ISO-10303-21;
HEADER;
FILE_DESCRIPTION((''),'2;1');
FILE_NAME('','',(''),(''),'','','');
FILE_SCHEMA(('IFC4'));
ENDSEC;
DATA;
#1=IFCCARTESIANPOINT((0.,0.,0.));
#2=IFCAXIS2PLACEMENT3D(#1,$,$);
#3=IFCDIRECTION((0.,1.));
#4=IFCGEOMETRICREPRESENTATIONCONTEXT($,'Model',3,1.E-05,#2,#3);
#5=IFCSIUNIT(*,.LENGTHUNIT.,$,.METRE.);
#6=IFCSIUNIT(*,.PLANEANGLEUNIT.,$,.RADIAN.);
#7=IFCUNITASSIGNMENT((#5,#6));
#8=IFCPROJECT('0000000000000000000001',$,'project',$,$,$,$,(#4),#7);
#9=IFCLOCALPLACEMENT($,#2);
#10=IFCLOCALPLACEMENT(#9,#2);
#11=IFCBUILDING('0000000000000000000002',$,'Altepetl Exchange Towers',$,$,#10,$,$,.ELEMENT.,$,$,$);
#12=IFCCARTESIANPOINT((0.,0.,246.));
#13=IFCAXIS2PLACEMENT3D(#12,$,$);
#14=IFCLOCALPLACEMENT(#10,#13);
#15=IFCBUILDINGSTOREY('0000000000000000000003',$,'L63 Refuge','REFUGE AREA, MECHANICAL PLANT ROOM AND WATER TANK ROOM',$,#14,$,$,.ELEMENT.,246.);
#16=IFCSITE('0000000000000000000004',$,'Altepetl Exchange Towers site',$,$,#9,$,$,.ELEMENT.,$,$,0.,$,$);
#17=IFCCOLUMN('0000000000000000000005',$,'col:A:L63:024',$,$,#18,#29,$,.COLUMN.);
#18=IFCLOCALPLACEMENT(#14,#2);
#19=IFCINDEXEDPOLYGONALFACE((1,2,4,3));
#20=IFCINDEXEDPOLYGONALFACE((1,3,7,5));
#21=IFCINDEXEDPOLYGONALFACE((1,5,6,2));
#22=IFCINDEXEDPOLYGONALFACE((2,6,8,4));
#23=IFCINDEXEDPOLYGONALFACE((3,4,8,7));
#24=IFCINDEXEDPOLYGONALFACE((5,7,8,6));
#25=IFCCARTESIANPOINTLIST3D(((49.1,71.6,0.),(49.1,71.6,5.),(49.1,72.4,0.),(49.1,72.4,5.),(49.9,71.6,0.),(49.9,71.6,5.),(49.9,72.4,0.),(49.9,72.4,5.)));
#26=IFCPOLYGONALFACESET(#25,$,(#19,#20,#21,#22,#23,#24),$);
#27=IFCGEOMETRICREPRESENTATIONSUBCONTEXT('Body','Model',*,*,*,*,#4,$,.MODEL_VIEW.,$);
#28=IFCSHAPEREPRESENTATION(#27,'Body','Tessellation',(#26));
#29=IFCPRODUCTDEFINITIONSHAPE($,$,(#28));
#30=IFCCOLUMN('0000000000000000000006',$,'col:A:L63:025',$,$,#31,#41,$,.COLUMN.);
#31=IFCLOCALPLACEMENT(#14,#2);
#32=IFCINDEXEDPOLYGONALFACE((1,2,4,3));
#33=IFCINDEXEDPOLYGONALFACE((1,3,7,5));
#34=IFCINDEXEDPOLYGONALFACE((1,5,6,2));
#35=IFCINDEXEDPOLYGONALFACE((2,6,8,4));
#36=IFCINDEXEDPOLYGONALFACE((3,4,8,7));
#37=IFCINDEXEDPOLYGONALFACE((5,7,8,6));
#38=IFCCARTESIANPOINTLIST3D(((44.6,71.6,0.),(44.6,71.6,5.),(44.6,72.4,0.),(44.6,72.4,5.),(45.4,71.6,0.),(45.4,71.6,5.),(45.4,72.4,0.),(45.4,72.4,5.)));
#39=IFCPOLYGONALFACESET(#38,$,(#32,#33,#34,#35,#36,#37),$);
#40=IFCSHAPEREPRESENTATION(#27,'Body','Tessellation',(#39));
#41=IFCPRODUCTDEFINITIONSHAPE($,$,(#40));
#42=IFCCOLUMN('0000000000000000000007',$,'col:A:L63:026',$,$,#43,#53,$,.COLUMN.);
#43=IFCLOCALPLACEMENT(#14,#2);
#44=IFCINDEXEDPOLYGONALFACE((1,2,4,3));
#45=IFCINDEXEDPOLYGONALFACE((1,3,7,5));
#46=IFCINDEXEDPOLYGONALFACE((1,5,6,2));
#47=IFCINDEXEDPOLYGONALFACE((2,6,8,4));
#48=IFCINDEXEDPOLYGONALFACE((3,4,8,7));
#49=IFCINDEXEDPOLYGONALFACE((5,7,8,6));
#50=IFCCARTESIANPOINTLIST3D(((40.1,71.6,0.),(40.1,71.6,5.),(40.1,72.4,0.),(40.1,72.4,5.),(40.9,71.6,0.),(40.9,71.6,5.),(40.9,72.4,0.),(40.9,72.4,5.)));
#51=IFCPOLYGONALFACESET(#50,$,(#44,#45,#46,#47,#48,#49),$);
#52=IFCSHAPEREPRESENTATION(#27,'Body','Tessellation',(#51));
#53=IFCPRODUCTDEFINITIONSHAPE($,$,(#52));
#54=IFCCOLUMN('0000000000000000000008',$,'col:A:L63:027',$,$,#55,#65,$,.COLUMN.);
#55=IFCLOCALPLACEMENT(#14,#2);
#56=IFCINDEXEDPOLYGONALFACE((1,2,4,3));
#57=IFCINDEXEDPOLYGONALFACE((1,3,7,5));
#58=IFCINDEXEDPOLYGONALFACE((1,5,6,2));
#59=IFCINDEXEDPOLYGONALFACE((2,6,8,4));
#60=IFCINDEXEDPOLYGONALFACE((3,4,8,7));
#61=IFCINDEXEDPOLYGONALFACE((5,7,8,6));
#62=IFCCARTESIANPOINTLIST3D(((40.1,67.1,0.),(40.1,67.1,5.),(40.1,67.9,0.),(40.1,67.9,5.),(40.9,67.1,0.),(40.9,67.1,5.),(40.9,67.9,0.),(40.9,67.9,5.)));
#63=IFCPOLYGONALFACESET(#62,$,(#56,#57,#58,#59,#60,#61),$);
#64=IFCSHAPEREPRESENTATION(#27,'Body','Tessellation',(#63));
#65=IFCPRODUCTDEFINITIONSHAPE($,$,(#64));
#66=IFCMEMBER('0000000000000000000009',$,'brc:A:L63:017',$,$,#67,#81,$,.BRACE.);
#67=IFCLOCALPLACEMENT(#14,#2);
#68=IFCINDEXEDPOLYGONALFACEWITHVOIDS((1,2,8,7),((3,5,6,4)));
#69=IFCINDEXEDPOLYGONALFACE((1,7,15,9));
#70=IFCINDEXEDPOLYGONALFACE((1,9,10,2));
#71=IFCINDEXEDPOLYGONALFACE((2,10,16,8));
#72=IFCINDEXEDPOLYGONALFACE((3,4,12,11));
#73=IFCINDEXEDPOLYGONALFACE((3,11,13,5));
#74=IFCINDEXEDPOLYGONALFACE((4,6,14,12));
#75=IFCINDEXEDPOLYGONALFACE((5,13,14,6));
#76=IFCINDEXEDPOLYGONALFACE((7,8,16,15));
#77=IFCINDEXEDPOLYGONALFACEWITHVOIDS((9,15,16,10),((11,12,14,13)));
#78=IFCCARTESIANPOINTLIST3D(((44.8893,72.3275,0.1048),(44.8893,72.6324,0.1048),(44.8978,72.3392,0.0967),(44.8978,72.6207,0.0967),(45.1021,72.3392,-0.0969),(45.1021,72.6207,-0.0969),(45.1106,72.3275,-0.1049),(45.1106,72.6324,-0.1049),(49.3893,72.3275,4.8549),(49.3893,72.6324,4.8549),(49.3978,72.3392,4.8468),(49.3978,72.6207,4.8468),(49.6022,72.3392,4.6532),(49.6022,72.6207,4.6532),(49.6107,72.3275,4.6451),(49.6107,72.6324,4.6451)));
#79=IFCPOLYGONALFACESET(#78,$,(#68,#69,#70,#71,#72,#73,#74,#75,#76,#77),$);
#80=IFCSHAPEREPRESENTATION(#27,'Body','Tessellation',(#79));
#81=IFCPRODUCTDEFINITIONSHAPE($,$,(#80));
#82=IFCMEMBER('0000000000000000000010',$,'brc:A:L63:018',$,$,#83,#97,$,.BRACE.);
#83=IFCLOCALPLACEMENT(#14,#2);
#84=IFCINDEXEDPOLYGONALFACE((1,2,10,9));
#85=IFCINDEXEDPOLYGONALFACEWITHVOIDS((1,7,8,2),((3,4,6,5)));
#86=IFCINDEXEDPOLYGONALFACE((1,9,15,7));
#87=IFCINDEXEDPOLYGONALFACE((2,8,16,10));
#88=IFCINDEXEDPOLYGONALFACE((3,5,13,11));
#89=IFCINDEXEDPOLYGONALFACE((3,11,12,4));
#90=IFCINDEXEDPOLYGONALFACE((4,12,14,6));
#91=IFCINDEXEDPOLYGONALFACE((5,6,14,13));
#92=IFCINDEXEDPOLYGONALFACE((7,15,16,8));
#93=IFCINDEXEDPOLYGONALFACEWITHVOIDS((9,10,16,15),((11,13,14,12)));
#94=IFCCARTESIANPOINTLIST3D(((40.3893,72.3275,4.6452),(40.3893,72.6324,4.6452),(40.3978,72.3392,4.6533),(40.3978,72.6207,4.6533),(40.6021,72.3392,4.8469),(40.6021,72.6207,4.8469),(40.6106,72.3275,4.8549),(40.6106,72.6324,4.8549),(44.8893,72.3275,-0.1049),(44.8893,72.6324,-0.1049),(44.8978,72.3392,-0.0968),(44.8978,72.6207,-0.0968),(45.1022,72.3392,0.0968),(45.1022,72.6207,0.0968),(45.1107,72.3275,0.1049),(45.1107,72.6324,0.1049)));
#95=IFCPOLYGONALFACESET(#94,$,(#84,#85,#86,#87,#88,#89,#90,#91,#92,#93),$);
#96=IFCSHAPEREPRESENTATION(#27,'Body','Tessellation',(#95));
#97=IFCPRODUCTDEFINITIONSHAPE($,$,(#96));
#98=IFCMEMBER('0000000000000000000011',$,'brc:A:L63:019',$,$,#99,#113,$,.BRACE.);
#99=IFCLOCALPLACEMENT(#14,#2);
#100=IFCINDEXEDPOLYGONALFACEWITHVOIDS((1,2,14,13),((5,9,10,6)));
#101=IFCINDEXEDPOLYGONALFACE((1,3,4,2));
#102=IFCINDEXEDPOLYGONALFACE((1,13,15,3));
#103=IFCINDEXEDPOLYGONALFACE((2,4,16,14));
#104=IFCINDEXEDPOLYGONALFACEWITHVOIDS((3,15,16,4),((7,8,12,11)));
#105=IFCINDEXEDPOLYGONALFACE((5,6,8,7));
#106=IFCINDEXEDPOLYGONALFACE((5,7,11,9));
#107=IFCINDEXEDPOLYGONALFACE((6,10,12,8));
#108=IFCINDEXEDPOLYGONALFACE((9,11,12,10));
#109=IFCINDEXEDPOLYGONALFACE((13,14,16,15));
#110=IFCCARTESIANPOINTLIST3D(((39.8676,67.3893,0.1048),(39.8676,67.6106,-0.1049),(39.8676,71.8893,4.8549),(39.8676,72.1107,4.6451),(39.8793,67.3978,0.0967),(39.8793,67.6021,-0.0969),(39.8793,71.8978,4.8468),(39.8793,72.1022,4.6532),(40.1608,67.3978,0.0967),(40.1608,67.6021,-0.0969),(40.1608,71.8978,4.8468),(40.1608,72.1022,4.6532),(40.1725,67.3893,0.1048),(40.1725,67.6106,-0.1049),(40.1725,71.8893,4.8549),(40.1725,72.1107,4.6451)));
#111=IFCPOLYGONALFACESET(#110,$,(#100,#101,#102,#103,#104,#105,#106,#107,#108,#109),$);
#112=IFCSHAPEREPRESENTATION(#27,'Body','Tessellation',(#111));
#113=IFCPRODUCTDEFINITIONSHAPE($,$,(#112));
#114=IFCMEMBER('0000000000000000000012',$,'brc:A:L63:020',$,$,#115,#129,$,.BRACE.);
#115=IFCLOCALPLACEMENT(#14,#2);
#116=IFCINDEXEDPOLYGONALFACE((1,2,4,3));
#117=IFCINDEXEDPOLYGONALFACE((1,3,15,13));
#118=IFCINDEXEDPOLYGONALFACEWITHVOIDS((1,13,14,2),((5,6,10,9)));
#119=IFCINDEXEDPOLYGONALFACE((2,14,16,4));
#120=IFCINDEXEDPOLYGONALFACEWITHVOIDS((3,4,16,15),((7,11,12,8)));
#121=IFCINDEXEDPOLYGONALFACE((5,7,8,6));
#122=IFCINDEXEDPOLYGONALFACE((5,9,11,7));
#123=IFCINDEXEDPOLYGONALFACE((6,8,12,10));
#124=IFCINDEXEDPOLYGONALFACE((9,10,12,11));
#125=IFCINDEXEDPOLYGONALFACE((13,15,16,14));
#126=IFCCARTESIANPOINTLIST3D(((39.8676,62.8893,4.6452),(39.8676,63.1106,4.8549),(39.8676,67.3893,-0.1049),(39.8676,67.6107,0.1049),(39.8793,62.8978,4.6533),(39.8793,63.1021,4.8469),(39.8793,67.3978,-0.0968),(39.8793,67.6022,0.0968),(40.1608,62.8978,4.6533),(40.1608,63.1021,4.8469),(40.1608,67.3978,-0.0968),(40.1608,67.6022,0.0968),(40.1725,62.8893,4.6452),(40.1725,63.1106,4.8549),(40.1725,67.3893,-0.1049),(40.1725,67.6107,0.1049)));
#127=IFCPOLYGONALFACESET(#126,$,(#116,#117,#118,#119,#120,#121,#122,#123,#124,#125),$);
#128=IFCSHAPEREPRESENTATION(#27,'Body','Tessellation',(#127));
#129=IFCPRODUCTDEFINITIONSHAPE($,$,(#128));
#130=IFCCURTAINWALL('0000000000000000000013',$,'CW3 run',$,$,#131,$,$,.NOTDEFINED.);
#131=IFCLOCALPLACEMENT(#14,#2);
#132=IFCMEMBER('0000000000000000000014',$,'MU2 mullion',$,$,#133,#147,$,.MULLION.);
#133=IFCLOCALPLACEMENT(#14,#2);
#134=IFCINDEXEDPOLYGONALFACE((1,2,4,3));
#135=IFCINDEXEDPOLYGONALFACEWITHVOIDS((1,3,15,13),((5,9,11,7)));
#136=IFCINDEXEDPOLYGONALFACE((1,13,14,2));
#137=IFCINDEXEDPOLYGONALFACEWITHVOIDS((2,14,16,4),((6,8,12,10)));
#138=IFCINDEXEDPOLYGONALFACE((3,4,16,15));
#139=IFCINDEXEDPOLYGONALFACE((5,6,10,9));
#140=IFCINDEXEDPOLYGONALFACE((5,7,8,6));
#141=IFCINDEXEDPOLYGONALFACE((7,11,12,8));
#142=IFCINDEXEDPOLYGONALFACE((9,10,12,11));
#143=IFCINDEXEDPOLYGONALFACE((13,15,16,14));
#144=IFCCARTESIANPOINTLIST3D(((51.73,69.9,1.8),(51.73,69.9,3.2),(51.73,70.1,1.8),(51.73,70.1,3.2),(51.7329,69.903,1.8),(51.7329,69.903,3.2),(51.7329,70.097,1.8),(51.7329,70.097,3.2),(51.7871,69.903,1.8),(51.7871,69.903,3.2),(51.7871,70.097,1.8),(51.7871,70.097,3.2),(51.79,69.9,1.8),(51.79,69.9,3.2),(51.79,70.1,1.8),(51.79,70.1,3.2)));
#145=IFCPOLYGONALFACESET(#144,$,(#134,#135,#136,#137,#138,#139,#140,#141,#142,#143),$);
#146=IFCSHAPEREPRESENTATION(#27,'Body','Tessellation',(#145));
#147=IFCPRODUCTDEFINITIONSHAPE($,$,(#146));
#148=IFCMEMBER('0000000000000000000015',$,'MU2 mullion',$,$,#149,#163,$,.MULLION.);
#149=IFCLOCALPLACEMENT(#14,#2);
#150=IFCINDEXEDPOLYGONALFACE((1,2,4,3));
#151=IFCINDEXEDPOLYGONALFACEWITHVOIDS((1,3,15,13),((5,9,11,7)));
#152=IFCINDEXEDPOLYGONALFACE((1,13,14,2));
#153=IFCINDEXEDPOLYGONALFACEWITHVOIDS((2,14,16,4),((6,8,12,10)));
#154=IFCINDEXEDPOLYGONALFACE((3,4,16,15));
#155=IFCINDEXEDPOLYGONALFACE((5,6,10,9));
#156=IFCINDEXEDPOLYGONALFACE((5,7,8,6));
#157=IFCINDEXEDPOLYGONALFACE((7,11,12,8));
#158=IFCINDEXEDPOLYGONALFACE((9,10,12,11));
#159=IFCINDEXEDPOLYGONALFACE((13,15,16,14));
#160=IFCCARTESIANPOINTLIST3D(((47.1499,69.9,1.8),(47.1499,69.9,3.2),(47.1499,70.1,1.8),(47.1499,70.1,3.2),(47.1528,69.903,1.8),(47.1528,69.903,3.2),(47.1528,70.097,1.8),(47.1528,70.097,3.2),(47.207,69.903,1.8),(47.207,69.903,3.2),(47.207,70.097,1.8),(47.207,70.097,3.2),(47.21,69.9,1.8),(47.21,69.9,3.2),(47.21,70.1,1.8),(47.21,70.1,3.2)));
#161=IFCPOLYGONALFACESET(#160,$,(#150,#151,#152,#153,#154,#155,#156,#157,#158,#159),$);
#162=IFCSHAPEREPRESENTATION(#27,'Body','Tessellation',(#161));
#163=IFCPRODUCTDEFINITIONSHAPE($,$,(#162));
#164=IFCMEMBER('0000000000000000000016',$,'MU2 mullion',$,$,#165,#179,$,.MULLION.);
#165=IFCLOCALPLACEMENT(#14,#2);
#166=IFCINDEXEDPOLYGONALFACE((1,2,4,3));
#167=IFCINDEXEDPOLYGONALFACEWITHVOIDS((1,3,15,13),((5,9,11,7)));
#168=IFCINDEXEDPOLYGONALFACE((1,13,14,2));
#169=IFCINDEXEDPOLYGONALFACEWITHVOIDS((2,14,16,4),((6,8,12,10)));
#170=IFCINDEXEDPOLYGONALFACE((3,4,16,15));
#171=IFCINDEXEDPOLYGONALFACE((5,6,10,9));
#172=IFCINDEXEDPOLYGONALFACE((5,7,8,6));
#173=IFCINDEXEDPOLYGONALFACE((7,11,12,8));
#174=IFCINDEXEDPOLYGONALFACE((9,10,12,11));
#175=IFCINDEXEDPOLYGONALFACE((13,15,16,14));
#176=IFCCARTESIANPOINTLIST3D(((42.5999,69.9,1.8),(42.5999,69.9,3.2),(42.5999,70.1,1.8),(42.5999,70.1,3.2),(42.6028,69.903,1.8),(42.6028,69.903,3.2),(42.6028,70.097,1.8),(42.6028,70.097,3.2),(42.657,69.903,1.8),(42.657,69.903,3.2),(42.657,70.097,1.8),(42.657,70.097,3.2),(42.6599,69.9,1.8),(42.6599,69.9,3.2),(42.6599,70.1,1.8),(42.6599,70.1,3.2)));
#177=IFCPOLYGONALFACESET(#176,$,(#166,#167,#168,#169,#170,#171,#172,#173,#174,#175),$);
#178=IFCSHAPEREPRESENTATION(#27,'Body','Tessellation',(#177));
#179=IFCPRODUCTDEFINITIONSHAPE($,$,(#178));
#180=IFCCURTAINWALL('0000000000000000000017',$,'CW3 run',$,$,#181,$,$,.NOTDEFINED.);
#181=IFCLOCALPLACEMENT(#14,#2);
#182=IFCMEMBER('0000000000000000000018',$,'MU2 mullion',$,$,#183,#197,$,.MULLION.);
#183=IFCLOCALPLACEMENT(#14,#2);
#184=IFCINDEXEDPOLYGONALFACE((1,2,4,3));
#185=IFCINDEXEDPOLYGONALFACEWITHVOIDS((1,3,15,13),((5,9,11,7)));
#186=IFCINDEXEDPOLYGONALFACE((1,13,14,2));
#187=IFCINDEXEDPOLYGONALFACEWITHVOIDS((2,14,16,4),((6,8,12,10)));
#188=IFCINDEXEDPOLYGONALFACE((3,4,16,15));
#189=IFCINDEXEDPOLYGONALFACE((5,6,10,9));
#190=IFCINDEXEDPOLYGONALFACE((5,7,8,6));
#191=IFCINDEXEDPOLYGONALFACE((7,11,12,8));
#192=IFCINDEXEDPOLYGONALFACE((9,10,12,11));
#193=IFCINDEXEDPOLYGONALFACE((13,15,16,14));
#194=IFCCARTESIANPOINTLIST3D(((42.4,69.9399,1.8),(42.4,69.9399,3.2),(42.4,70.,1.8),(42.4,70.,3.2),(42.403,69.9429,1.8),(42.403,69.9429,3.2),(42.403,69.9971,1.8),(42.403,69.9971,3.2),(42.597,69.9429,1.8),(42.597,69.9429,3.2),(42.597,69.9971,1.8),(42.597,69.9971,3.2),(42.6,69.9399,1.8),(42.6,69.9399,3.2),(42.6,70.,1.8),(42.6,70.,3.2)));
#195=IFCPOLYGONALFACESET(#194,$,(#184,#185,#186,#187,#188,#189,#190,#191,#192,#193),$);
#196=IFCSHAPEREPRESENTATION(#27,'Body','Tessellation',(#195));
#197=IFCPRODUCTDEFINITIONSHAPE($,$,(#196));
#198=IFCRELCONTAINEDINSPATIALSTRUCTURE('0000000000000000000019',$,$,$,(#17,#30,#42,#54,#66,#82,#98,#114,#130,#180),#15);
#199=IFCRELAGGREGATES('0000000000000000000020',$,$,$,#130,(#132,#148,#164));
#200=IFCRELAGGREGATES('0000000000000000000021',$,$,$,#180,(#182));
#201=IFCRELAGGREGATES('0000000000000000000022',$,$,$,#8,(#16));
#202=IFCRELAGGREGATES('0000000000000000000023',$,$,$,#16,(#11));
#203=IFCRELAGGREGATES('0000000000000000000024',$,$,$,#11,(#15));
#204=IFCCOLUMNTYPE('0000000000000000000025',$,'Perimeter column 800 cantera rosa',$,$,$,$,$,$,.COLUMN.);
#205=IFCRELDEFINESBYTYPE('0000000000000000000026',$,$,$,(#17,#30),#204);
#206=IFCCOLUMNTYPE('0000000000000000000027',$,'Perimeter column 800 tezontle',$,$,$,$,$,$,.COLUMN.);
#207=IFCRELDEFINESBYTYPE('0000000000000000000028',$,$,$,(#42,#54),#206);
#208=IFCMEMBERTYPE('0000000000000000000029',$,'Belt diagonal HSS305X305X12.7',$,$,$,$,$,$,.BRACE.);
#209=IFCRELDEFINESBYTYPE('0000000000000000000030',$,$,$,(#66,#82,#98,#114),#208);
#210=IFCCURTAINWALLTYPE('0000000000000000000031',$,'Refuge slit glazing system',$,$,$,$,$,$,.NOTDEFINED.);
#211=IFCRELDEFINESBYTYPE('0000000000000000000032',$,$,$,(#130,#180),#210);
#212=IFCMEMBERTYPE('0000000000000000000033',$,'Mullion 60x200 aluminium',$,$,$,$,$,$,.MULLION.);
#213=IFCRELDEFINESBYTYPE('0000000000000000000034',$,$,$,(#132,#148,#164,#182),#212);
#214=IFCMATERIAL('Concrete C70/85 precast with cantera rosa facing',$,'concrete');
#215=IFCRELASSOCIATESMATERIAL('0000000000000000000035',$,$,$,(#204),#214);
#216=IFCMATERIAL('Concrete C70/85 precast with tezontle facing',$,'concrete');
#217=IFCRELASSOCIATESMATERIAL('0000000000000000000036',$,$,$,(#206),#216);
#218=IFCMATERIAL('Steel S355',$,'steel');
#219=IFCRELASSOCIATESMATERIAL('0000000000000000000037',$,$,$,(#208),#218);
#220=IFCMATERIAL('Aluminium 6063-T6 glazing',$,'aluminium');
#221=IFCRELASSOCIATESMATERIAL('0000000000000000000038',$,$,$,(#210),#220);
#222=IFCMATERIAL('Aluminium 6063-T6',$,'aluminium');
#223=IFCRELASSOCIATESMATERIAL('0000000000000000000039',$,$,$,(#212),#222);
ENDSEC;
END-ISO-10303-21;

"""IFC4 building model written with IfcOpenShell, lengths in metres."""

from ifc_helpers import new_model, si_unit, direction, frame, origin, origin_2d, place, context, subcontext, project, spatial, rectangle, hollow_rectangle, extrude, material, material_profile, profile_set, type_object, element, aggregate, save


model = new_model("IFC4")

# Units and contexts
model_context = context("Model", 3, precision=1e-05, world=origin(), true_north=direction((0.0, 1.0)))
body_context = subcontext(model_context, "Body", "Model", "MODEL_VIEW")
ifc_project = project(units=[si_unit("LENGTHUNIT", "METRE"), si_unit("PLANEANGLEUNIT", "RADIAN")], contexts=[model_context])

# Site, building, storey
site_placement = place(None, origin())
site = spatial("IfcSite", under=ifc_project, at=site_placement, Name="Altepetl Exchange Towers site", CompositionType="ELEMENT", RefElevation=0.0)
building_placement = place(site_placement, origin())
building = spatial("IfcBuilding", under=site, at=building_placement, Name="Altepetl Exchange Towers", CompositionType="ELEMENT")
storey_placement = place(building_placement, frame((0.0, 0.0, 246.0)))
storey = spatial("IfcBuildingStorey", under=building, at=storey_placement, Name="L63 Refuge", Description="REFUGE AREA, MECHANICAL PLANT ROOM AND WATER TANK ROOM", CompositionType="ELEMENT", Elevation=246.0)

# Columns
ifc_material_1 = material(Name="Concrete C70/85 precast with cantera rosa facing", Category="concrete")
ifc_material_profile_1 = material_profile(ifc_material_1, rectangle(XDim=0.8, YDim=0.8, at=origin_2d()), Name="800 x 800")
ifc_profile_set_1 = profile_set([ifc_material_profile_1], Name="Concrete C70/85 precast with cantera rosa facing")
column_type_1 = type_object("IfcColumnType", Name="Perimeter column 800 cantera rosa", PredefinedType="COLUMN", material=ifc_profile_set_1)
for number, where, name in (
    (1, (49.5, 72.0, 0.0), "col:A:L63:024"),
    (2, (45.0, 72.0, 0.0), "col:A:L63:025"),
):
    element("IfcColumn", number, at=place(storey_placement, frame(where)), inside=storey, type_object=column_type_1, Name=name, PredefinedType="COLUMN", context=body_context, shape_type="SweptSolid", body=[
        extrude(rectangle(XDim=0.8, YDim=0.8, at=origin_2d()), origin(), (0.0, 0.0, 1.0), 5.0),
    ])
ifc_material_2 = material(Name="Concrete C70/85 precast with tezontle facing", Category="concrete")
ifc_material_profile_2 = material_profile(ifc_material_2, rectangle(XDim=0.8, YDim=0.8, at=origin_2d()), Name="800 x 800")
ifc_profile_set_2 = profile_set([ifc_material_profile_2], Name="Concrete C70/85 precast with tezontle facing")
column_type_2 = type_object("IfcColumnType", Name="Perimeter column 800 tezontle", PredefinedType="COLUMN", material=ifc_profile_set_2)
for number, where, name in (
    (3, (40.5, 72.0, 0.0), "col:A:L63:026"),
    (4, (40.5, 67.5, 0.0), "col:A:L63:027"),
):
    element("IfcColumn", number, at=place(storey_placement, frame(where)), inside=storey, type_object=column_type_2, Name=name, PredefinedType="COLUMN", context=body_context, shape_type="SweptSolid", body=[
        extrude(rectangle(XDim=0.8, YDim=0.8, at=origin_2d()), origin(), (0.0, 0.0, 1.0), 5.0),
    ])

# Members
ifc_material_3 = material(Name="Steel S355", Category="steel")
ifc_material_profile_3 = material_profile(ifc_material_3, hollow_rectangle(XDim=0.3049, YDim=0.3049, WallThickness=0.0117, at=origin_2d()), Name="HSS305X305X12.7")
ifc_profile_set_3 = profile_set([ifc_material_profile_3], Name="Steel S355")
member_type_1 = type_object("IfcMemberType", Name="Belt diagonal HSS305X305X12.7", PredefinedType="BRACE", material=ifc_profile_set_3)
for number, where, z_axis, x_axis, name in (
    (5, (49.5, 72.48, 4.75), (-0.687745, 0.0, -0.725953), (0.0, -1.0, 0.0), "brc:A:L63:017"),
    (6, (45.0, 72.48, 0.0), (-0.687745, 0.0, 0.725953), (0.0, -1.0, 0.0), "brc:A:L63:018"),
    (7, (40.02, 72.0, 4.75), (0.0, -0.687745, -0.725953), (1.0, 0.0, 0.0), "brc:A:L63:019"),
    (8, (40.02, 67.5, 0.0), (0.0, -0.687745, 0.725953), (1.0, 0.0, 0.0), "brc:A:L63:020"),
):
    element("IfcMember", number, at=place(storey_placement, frame(where, z_axis=z_axis, x_axis=x_axis)), inside=storey, type_object=member_type_1, Name=name, PredefinedType="BRACE", context=body_context, shape_type="SweptSolid", body=[
        extrude(hollow_rectangle(XDim=0.3049, YDim=0.3049, WallThickness=0.0117, at=origin_2d()), origin(), (0.0, 0.0, 1.0), 6.5432),
    ])

# Curtain walls, members
ifc_material_4 = material(Name="Aluminium 6063-T6 glazing", Category="aluminium")
curtain_wall_type = type_object("IfcCurtainWallType", Name="Refuge slit glazing system", PredefinedType="NOTDEFINED", material=ifc_material_4)
curtain_wall_1_placement = place(storey_placement, origin())
curtain_wall_1 = element("IfcCurtainWall", 9, at=curtain_wall_1_placement, inside=storey, type_object=curtain_wall_type, Name="CW3 run", PredefinedType="NOTDEFINED")
ifc_material_5 = material(Name="Aluminium 6063-T6", Category="aluminium")
ifc_material_profile_4 = material_profile(ifc_material_5, hollow_rectangle(XDim=0.0601, YDim=0.2, WallThickness=0.0029, at=origin_2d()), Name="Mullion 60x200 aluminium")
ifc_profile_set_4 = profile_set([ifc_material_profile_4], Name="Aluminium 6063-T6")
member_type_2 = type_object("IfcMemberType", Name="Mullion 60x200 aluminium", PredefinedType="MULLION", material=ifc_profile_set_4)
member_1_placement = place(storey_placement, frame((51.76, 70.0, 1.8), z_axis=(0.0, 0.0, 1.0), x_axis=(-1.0, 0.0, 0.0)))
member_1 = element("IfcMember", 10, at=member_1_placement, type_object=member_type_2, Name="MU2 mullion", PredefinedType="MULLION", context=body_context, shape_type="SweptSolid", body=[
    extrude(hollow_rectangle(XDim=0.0601, YDim=0.2, WallThickness=0.0029, at=origin_2d()), origin(), (0.0, 0.0, 1.0), 1.3999),
])
member_2_placement = place(storey_placement, frame((47.1799, 70.0, 1.8), z_axis=(0.0, 0.0, 1.0), x_axis=(-1.0, 0.0, 0.0)))
member_2 = element("IfcMember", 11, at=member_2_placement, type_object=member_type_2, Name="MU2 mullion", PredefinedType="MULLION", context=body_context, shape_type="SweptSolid", body=[
    extrude(hollow_rectangle(XDim=0.0601, YDim=0.2, WallThickness=0.0029, at=origin_2d()), origin(), (0.0, 0.0, 1.0), 1.3999),
])
member_3_placement = place(storey_placement, frame((42.6299, 70.0, 1.8), z_axis=(0.0, 0.0, 1.0), x_axis=(-1.0, 0.0, 0.0)))
member_3 = element("IfcMember", 12, at=member_3_placement, type_object=member_type_2, Name="MU2 mullion", PredefinedType="MULLION", context=body_context, shape_type="SweptSolid", body=[
    extrude(hollow_rectangle(XDim=0.0601, YDim=0.2, WallThickness=0.0029, at=origin_2d()), origin(), (0.0, 0.0, 1.0), 1.3999),
])
curtain_wall_2_placement = place(storey_placement, origin())
curtain_wall_2 = element("IfcCurtainWall", 13, at=curtain_wall_2_placement, inside=storey, type_object=curtain_wall_type, Name="CW3 run", PredefinedType="NOTDEFINED")
member_4_placement = place(storey_placement, frame((42.5, 69.97, 1.8), z_axis=(0.0, 0.0, 1.0), x_axis=(0.0, -1.0, 0.0)))
member_4 = element("IfcMember", 14, at=member_4_placement, type_object=member_type_2, Name="MU2 mullion", PredefinedType="MULLION", context=body_context, shape_type="SweptSolid", body=[
    extrude(hollow_rectangle(XDim=0.0601, YDim=0.2, WallThickness=0.0029, at=origin_2d()), origin(), (0.0, 0.0, 1.0), 1.3999),
])

aggregate(curtain_wall_1, [member_1, member_2, member_3])
aggregate(curtain_wall_2, [member_4])

save(model, "model.ifc")
